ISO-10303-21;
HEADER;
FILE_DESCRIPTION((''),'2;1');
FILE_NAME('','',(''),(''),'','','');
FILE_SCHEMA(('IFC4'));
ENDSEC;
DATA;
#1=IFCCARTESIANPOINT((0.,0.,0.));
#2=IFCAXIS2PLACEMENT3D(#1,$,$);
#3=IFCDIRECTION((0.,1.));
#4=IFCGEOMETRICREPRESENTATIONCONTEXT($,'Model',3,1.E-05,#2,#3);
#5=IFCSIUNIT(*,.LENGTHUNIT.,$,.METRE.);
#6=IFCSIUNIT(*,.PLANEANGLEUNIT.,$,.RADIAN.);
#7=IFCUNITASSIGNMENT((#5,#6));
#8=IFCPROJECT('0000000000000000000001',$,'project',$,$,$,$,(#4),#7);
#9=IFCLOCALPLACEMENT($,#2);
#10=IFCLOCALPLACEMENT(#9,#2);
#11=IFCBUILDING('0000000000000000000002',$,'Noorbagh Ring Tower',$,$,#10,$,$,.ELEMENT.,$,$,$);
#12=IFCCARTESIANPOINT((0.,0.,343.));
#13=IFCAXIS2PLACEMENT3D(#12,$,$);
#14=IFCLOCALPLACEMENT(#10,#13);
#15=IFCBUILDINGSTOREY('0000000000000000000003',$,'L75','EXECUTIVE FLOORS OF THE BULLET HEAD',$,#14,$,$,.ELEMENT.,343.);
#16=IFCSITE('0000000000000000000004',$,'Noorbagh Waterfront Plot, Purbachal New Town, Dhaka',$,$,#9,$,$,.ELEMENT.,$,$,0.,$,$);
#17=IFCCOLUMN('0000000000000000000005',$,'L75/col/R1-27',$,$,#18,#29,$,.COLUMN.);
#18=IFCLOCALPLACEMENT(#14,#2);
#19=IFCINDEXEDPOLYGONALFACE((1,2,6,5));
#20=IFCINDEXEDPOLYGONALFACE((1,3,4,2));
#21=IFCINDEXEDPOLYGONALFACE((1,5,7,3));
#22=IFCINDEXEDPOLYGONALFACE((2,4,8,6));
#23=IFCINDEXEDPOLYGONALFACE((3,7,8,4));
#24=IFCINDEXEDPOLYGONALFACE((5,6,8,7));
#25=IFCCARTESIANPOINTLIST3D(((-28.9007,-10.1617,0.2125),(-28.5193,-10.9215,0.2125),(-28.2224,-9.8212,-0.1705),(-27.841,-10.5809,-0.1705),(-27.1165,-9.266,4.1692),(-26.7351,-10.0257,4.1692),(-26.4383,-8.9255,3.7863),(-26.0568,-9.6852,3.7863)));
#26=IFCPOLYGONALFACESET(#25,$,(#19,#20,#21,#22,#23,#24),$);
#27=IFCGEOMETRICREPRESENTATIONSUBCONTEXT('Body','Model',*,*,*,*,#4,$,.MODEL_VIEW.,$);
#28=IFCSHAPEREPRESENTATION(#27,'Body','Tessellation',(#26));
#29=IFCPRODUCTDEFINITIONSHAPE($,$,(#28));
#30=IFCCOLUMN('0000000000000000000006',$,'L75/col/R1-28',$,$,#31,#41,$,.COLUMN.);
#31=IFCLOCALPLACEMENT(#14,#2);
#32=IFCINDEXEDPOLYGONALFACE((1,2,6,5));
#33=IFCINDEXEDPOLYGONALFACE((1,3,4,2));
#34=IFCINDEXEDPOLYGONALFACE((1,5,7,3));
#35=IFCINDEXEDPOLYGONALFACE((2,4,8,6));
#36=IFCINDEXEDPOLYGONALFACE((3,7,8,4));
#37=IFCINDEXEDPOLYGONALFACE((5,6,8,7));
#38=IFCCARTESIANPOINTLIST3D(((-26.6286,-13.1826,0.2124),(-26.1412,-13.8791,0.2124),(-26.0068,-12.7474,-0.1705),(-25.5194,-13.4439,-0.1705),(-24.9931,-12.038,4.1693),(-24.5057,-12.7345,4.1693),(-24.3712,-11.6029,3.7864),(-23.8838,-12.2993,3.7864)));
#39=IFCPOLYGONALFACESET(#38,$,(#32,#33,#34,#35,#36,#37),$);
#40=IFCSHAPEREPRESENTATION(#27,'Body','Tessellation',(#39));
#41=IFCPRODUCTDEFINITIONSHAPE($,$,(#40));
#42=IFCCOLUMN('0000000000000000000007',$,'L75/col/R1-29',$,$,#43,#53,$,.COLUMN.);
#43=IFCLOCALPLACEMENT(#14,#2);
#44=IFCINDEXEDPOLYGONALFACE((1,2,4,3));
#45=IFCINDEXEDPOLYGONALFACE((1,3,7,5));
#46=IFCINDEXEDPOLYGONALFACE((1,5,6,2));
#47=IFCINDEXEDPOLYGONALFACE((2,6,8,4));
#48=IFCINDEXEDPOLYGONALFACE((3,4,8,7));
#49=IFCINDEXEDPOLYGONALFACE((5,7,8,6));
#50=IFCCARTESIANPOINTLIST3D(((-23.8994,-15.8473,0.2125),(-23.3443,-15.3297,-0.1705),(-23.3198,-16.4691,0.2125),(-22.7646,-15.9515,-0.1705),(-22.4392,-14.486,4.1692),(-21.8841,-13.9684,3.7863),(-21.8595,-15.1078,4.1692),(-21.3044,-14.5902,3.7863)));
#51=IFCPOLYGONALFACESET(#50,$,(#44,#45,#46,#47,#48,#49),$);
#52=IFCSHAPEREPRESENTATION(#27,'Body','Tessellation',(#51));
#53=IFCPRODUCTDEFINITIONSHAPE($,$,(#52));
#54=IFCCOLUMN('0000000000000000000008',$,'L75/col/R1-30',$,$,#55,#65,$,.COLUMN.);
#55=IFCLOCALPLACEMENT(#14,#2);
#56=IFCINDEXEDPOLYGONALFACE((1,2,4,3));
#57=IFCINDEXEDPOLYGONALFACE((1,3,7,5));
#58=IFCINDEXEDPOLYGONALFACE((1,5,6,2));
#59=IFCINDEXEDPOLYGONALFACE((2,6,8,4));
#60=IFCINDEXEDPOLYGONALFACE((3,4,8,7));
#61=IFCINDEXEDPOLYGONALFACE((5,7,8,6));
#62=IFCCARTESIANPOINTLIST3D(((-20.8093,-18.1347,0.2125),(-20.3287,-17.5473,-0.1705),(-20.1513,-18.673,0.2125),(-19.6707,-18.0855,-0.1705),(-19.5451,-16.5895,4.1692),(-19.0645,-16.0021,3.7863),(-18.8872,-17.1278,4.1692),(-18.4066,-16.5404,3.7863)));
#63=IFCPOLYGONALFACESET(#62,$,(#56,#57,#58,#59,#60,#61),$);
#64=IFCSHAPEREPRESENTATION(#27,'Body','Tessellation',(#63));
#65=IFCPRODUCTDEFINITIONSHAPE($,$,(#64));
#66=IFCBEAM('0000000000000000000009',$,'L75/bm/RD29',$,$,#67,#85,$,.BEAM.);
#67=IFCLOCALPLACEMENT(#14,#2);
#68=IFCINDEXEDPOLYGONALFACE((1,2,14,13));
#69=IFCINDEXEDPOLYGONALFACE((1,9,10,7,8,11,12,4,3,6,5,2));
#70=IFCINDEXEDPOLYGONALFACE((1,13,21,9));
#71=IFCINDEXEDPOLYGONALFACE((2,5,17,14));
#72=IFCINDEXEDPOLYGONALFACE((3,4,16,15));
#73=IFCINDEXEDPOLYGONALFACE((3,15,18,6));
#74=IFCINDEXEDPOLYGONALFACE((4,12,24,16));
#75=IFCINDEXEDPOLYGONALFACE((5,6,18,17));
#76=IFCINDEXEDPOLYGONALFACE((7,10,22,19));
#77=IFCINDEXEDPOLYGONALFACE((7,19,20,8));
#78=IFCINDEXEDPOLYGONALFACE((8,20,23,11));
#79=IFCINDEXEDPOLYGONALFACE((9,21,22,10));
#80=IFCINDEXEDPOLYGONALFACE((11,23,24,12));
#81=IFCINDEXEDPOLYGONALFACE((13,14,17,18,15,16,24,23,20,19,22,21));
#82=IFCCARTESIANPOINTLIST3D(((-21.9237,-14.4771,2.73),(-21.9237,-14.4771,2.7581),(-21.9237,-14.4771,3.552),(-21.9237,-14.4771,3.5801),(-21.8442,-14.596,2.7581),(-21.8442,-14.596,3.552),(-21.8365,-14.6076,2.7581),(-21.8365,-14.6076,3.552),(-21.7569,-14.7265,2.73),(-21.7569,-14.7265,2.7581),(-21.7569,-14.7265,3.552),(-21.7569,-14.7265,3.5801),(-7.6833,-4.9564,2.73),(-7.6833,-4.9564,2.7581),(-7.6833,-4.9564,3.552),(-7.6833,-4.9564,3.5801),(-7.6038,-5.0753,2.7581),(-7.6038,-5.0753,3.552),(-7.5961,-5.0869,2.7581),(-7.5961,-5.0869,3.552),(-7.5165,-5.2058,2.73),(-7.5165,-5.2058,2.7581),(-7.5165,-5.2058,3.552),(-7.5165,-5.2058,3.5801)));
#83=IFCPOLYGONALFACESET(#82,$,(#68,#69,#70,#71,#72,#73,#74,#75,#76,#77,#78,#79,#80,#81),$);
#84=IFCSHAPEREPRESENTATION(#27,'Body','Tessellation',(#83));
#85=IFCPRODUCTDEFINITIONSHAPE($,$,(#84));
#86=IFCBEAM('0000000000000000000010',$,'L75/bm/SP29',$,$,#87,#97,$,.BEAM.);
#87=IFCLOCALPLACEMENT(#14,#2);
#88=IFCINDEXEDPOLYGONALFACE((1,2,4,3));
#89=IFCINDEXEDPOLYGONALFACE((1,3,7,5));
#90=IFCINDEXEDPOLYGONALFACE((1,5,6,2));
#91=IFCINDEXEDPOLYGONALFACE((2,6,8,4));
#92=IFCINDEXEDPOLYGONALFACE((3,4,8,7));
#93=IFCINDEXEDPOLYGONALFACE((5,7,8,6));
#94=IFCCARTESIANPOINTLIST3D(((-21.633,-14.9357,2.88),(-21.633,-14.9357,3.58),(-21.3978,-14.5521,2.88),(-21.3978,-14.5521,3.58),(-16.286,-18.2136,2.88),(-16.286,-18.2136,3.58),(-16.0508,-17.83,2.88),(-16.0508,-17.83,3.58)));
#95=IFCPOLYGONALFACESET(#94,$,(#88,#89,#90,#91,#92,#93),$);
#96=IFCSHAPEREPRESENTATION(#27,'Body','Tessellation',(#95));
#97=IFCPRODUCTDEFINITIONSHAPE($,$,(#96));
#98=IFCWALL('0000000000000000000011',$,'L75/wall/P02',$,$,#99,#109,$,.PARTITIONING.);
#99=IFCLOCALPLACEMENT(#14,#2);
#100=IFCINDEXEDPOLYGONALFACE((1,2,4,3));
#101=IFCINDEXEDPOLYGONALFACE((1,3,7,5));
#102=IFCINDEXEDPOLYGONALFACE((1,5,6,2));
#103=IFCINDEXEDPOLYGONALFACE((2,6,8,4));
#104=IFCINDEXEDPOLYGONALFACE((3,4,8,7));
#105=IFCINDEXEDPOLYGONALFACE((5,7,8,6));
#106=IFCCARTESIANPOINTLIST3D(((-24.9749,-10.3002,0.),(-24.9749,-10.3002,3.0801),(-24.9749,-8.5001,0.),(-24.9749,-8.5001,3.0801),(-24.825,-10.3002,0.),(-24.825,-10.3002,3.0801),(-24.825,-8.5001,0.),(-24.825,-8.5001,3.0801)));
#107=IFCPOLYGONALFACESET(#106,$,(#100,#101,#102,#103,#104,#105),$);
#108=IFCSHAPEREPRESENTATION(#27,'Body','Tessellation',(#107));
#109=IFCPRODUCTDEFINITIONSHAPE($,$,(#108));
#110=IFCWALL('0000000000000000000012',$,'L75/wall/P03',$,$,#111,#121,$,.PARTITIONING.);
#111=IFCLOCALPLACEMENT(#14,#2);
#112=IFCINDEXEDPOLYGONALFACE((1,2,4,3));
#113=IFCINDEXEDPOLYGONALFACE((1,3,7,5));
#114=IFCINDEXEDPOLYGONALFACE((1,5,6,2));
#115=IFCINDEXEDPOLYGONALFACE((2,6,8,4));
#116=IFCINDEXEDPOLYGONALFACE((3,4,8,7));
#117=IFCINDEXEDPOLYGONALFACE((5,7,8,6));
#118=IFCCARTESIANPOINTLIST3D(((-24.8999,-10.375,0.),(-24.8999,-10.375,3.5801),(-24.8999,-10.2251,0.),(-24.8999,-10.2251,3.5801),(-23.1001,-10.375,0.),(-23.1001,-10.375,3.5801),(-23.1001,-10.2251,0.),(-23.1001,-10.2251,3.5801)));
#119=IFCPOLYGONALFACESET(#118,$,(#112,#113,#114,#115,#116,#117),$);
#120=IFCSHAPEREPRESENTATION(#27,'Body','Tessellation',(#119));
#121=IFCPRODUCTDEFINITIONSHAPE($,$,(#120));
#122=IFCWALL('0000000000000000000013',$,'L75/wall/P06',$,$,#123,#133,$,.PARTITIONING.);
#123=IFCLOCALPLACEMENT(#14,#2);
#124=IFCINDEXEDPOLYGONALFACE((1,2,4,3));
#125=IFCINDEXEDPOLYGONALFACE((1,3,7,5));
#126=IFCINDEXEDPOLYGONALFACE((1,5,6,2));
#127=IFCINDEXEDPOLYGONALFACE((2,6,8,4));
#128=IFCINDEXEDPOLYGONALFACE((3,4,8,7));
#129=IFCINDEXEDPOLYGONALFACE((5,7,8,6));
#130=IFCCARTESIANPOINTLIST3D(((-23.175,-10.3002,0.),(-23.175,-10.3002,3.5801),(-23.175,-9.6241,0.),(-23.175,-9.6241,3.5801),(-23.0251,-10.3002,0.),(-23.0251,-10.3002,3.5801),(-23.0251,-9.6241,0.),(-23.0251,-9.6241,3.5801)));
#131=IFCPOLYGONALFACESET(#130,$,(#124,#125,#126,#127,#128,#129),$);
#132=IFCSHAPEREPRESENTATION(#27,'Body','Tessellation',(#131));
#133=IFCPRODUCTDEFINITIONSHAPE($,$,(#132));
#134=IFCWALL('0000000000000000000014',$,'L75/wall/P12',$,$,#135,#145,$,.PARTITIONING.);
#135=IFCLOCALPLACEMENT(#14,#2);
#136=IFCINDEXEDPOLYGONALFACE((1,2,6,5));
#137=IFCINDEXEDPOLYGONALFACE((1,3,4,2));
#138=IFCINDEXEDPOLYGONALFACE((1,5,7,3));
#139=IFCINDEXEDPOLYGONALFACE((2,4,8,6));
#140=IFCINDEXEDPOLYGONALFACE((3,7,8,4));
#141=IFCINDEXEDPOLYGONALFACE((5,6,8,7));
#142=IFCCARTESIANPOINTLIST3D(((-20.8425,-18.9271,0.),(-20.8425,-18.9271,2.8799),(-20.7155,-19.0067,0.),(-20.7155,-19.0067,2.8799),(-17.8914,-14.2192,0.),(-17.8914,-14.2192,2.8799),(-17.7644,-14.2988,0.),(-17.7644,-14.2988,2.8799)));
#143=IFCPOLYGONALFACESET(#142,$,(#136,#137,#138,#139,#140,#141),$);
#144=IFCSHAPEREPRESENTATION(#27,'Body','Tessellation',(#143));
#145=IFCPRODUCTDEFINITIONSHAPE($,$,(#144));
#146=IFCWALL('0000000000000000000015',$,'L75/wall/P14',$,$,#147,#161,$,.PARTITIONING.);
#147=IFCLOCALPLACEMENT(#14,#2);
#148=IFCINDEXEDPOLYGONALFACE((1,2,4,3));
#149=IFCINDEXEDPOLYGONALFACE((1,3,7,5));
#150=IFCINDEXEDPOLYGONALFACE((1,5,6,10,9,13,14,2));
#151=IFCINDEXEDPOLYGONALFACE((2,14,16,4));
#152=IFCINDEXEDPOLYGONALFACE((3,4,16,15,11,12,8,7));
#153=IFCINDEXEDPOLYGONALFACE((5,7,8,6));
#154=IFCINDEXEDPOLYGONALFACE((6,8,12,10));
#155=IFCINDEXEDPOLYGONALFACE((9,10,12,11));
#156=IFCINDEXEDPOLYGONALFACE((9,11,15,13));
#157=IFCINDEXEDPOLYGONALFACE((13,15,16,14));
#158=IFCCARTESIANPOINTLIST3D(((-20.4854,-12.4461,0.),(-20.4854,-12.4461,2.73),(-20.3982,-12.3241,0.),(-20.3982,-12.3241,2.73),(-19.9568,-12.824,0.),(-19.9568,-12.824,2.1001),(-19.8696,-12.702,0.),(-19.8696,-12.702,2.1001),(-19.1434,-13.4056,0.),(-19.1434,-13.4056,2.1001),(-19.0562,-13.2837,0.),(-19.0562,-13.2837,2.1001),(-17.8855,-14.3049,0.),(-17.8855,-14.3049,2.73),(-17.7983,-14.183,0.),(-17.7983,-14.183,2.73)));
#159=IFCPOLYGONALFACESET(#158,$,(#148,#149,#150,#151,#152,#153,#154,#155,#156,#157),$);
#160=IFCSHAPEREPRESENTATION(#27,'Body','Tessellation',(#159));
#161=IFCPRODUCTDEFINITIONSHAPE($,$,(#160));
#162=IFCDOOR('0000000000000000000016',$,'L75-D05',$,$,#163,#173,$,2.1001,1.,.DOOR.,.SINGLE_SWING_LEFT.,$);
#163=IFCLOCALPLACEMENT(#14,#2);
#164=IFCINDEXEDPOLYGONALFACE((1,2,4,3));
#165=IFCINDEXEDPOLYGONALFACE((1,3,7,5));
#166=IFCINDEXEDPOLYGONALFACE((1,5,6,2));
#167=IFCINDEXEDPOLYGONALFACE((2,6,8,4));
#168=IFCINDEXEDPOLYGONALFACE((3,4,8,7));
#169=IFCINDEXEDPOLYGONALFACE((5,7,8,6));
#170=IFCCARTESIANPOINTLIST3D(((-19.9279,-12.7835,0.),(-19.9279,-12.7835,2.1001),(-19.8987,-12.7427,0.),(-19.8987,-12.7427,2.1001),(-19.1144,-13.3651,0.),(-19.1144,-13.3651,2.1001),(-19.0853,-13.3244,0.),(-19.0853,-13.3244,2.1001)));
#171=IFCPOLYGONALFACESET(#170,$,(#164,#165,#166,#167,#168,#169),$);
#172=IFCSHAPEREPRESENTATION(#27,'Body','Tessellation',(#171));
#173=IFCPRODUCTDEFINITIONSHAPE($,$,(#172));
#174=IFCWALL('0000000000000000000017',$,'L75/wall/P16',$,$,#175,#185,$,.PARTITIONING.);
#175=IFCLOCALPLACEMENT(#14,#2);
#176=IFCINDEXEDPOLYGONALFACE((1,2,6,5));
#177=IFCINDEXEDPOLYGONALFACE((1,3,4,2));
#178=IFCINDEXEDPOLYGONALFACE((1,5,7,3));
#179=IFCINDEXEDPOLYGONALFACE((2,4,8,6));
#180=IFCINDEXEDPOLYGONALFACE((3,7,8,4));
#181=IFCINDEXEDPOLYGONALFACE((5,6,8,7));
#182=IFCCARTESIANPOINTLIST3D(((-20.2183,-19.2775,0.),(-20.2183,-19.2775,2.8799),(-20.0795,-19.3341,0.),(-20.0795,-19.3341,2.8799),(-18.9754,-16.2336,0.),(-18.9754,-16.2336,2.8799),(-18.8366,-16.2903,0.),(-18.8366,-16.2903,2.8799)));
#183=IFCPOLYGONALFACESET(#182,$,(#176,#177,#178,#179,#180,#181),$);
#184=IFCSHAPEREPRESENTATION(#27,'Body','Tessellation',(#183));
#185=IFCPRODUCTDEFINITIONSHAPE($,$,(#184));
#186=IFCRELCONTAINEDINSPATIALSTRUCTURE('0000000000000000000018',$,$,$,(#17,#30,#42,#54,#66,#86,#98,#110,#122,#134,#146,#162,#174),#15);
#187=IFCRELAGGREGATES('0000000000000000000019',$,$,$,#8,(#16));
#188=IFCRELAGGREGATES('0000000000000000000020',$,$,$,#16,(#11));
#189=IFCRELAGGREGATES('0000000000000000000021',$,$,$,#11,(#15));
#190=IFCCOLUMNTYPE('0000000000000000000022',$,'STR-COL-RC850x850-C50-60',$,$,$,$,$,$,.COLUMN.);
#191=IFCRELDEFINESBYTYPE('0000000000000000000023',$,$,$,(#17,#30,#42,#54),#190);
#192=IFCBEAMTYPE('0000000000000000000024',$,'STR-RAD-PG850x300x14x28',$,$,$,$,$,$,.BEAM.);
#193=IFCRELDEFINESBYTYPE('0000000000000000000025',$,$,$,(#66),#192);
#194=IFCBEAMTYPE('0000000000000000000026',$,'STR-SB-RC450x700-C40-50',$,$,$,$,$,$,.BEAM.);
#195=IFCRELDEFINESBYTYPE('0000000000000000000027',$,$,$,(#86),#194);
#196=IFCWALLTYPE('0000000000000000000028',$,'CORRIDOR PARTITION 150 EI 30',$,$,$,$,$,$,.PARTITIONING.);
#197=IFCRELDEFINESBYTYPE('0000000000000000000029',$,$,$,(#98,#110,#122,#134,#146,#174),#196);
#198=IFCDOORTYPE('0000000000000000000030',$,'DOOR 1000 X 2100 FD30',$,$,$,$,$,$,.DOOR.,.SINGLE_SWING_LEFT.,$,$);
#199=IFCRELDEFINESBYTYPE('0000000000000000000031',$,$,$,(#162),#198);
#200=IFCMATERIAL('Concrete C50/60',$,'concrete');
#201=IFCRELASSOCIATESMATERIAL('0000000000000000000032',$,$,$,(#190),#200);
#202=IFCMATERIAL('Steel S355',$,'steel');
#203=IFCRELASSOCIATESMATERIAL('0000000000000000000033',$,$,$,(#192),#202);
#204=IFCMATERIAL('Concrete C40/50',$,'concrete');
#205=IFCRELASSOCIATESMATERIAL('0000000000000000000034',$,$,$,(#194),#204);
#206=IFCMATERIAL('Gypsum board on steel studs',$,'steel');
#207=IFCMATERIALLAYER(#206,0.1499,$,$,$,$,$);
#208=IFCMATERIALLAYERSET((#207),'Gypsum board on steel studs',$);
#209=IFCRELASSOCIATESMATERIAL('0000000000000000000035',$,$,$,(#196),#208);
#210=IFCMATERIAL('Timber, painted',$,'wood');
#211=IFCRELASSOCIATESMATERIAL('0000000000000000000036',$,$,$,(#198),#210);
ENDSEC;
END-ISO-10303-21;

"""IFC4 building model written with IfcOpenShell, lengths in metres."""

from ifc_helpers import new_model, si_unit, direction, frame, frame_2d, origin, origin_2d, place, context, subcontext, project, spatial, rectangle, i_section, extrude, material, layer, layer_set, material_profile, profile_set, type_object, element, fill, save


model = new_model("IFC4")

# Units and contexts
model_context = context("Model", 3, precision=1e-05, world=origin(), true_north=direction((0.0, 1.0)))
body_context = subcontext(model_context, "Body", "Model", "MODEL_VIEW")
ifc_project = project(units=[si_unit("LENGTHUNIT", "METRE"), si_unit("PLANEANGLEUNIT", "RADIAN")], contexts=[model_context])

# Site, building, storey
site_placement = place(None, origin())
site = spatial("IfcSite", under=ifc_project, at=site_placement, Name="Noorbagh Waterfront Plot, Purbachal New Town, Dhaka", CompositionType="ELEMENT", RefElevation=0.0)
building_placement = place(site_placement, origin())
building = spatial("IfcBuilding", under=site, at=building_placement, Name="Noorbagh Ring Tower", CompositionType="ELEMENT")
storey_placement = place(building_placement, frame((0.0, 0.0, 343.0)))
storey = spatial("IfcBuildingStorey", under=building, at=storey_placement, Name="L75", Description="EXECUTIVE FLOORS OF THE BULLET HEAD", CompositionType="ELEMENT", Elevation=343.0)

# Columns
ifc_material_1 = material(Name="Concrete C50/60", Category="concrete")
ifc_material_profile_1 = material_profile(ifc_material_1, rectangle(XDim=0.8501, YDim=0.8501, at=origin_2d()), Name="RC850x850")
ifc_profile_set_1 = profile_set([ifc_material_profile_1], Name="Concrete C50/60")
column_type = type_object("IfcColumnType", Name="STR-COL-RC850x850-C50-60", PredefinedType="COLUMN", material=ifc_profile_set_1)
for number, where, z_axis, x_axis, name in (
    (1, (-28.3708, -10.3713, 0.021), (0.402576, 0.202114, 0.892795), (-0.44868, 0.893692, 0.0), "L75/col/R1-27"),
    (2, (-26.074, -13.3132, 0.021), (0.369036, 0.258253, 0.892814), (-0.573356, 0.819307, 0.0), "L75/col/R1-28"),
    (3, (-23.332, -15.8994, 0.021), (0.329477, 0.307167, 0.892801), (-0.681909, 0.731437, 0.0), "L75/col/R1-29"),
    (4, (-20.24, -18.1101, 0.021), (0.285241, 0.348646, 0.892796), (-0.773974, 0.633218, 0.0), "L75/col/R1-30"),
):
    element("IfcColumn", number, at=place(storey_placement, frame(where, z_axis=z_axis, x_axis=x_axis)), inside=storey, type_object=column_type, Name=name, PredefinedType="COLUMN", context=body_context, shape_type="SweptSolid", body=[
        extrude(rectangle(XDim=0.8501, YDim=0.8501, at=origin_2d()), origin(), (0.0, 0.0, 1.0), 4.4319),
    ])

# Beams
ifc_material_2 = material(Name="Steel S355", Category="steel")
ifc_material_profile_2 = material_profile(ifc_material_2, i_section(OverallWidth=0.3, OverallDepth=0.8501, WebThickness=0.0139, FlangeThickness=0.0281, at=origin_2d()), Name="PG850x300x14x28")
ifc_profile_set_2 = profile_set([ifc_material_profile_2], Name="Steel S355")
beam_type_1 = type_object("IfcBeamType", Name="STR-RAD-PG850x300x14x28", PredefinedType="BEAM", material=ifc_profile_set_2)
beam_1_placement = place(storey_placement, frame((-21.8403, -14.6018, 3.155), z_axis=(0.831319, 0.555795, 0.0), x_axis=(-0.555795, 0.831319, 0.0)))
element("IfcBeam", 5, at=beam_1_placement, inside=storey, type_object=beam_type_1, Name="L75/bm/RD29", PredefinedType="BEAM", context=body_context, shape_type="SweptSolid", body=[
    extrude(i_section(OverallWidth=0.3, OverallDepth=0.8501, WebThickness=0.0139, FlangeThickness=0.0281, at=origin_2d()), origin(), (0.0, 0.0, 1.0), 17.1299),
])
ifc_material_3 = material(Name="Concrete C40/50", Category="concrete")
ifc_material_profile_3 = material_profile(ifc_material_3, rectangle(XDim=0.45, YDim=0.7, at=origin_2d()), Name="RC450x700")
ifc_profile_set_3 = profile_set([ifc_material_profile_3], Name="Concrete C40/50")
beam_type_2 = type_object("IfcBeamType", Name="STR-SB-RC450x700-C40-50", PredefinedType="BEAM", material=ifc_profile_set_3)
beam_2_placement = place(storey_placement, frame((-21.5154, -14.7439, 3.23), z_axis=(0.852553, -0.522641, 0.0), x_axis=(0.522641, 0.852553, 0.0)))
element("IfcBeam", 6, at=beam_2_placement, inside=storey, type_object=beam_type_2, Name="L75/bm/SP29", PredefinedType="BEAM", context=body_context, shape_type="SweptSolid", body=[
    extrude(rectangle(XDim=0.45, YDim=0.7, at=origin_2d()), origin(), (0.0, 0.0, 1.0), 6.2717),
])

# Walls
ifc_material_4 = material(Name="Gypsum board on steel studs", Category="steel")
ifc_layer_1 = layer(ifc_material_4, 0.1499)
ifc_layer_set_1 = layer_set([ifc_layer_1], Name="Gypsum board on steel studs")
wall_type = type_object("IfcWallType", Name="CORRIDOR PARTITION 150 EI 30", PredefinedType="PARTITIONING", material=ifc_layer_set_1)
wall_1_placement = place(storey_placement, frame((-24.8999, -10.3, 0.0), z_axis=(0.0, 0.0, 1.0), x_axis=(0.0, 1.0, 0.0)))
element("IfcWall", 7, at=wall_1_placement, inside=storey, type_object=wall_type, Name="L75/wall/P02", PredefinedType="PARTITIONING", context=body_context, shape_type="SweptSolid", body=[
    extrude(rectangle(XDim=1.8, YDim=0.1499, at=frame_2d((0.8999, 0.0))), origin(), (0.0, 0.0, 1.0), 3.0801),
])
wall_2_placement = place(storey_placement, frame((-24.8999, -10.3, 0.0), z_axis=(0.0, 0.0, 1.0), x_axis=(1.0, 0.0, 0.0)))
element("IfcWall", 8, at=wall_2_placement, inside=storey, type_object=wall_type, Name="L75/wall/P03", PredefinedType="PARTITIONING", context=body_context, shape_type="SweptSolid", body=[
    extrude(rectangle(XDim=1.7998, YDim=0.1499, at=frame_2d((0.8999, 0.0))), origin(), (0.0, 0.0, 1.0), 3.5801),
])
wall_3_placement = place(storey_placement, frame((-23.1001, -10.3, 0.0), z_axis=(0.0, 0.0, 1.0), x_axis=(0.0, 1.0, 0.0)))
element("IfcWall", 9, at=wall_3_placement, inside=storey, type_object=wall_type, Name="L75/wall/P06", PredefinedType="PARTITIONING", context=body_context, shape_type="SweptSolid", body=[
    extrude(rectangle(XDim=0.676, YDim=0.1499, at=frame_2d((0.3379, 0.0))), origin(), (0.0, 0.0, 1.0), 3.5801),
])
wall_4_placement = place(storey_placement, frame((-20.7791, -18.967, 0.0), z_axis=(0.0, 0.0, 1.0), x_axis=(0.53112, 0.847297, 0.0)))
element("IfcWall", 10, at=wall_4_placement, inside=storey, type_object=wall_type, Name="L75/wall/P12", PredefinedType="PARTITIONING", context=body_context, shape_type="SweptSolid", body=[
    extrude(rectangle(XDim=5.5564, YDim=0.1499, at=frame_2d((2.7783, 0.0))), origin(), (0.0, 0.0, 1.0), 2.8799),
])

# Wall, opening, door
wall_5_placement = place(storey_placement, frame((-20.4419, -12.385, 0.0), z_axis=(0.0, 0.0, 1.0), x_axis=(0.81346, -0.581621, 0.0)))
wall_5 = element("IfcWall", 11, at=wall_5_placement, inside=storey, type_object=wall_type, Name="L75/wall/P14", PredefinedType="PARTITIONING", context=body_context, shape_type="SweptSolid", body=[
    extrude(rectangle(XDim=3.196, YDim=0.1499, at=frame_2d((1.5981, 0.0))), origin(), (0.0, 0.0, 1.0), 2.73),
])
opening_1_placement = place(wall_5_placement, frame((0.6499, 0.0, 0.0)))
opening_1 = element("IfcOpeningElement", 12, at=opening_1_placement, cuts=wall_5, PredefinedType="OPENING", context=body_context, shape_type="SweptSolid", body=[
    extrude(rectangle(XDim=1.0, YDim=2.1001, at=frame_2d((0.5, 1.05))), frame((0.0, 0.085, 0.0), z_axis=(0.0, -1.0, 0.0), x_axis=(1.0, 0.0, 0.0)), (0.0, 0.0, 1.0), 0.1699),
])
ifc_material_5 = material(Name="Timber, painted", Category="wood")
door_type_1 = type_object("IfcDoorType", Name="DOOR 1000 X 2100 FD30", OperationType="SINGLE_SWING_LEFT", PredefinedType="DOOR", material=ifc_material_5)
door_1_placement = place(opening_1_placement, origin())
door_1 = element("IfcDoor", 13, at=door_1_placement, inside=storey, type_object=door_type_1, Name="L75-D05", OperationType="SINGLE_SWING_LEFT", OverallHeight=2.1001, OverallWidth=1.0, PredefinedType="DOOR", context=body_context, shape_type="SweptSolid", body=[
    extrude(rectangle(XDim=1.0, YDim=2.1001, at=frame_2d((0.5, 1.05))), frame((0.0, 0.0249, 0.0), z_axis=(0.0, -1.0, 0.0), x_axis=(1.0, 0.0, 0.0)), (0.0, 0.0, 1.0), 0.05),
])
fill(opening_1, door_1)

# Wall
wall_6_placement = place(storey_placement, frame((-20.1489, -19.3059, 0.0), z_axis=(0.0, 0.0, 1.0), x_axis=(0.378026, 0.925795, 0.0)))
element("IfcWall", 14, at=wall_6_placement, inside=storey, type_object=wall_type, Name="L75/wall/P16", PredefinedType="PARTITIONING", context=body_context, shape_type="SweptSolid", body=[
    extrude(rectangle(XDim=3.2878, YDim=0.1499, at=frame_2d((1.644, 0.0))), origin(), (0.0, 0.0, 1.0), 2.8799),
])

save(model, "model.ifc")
